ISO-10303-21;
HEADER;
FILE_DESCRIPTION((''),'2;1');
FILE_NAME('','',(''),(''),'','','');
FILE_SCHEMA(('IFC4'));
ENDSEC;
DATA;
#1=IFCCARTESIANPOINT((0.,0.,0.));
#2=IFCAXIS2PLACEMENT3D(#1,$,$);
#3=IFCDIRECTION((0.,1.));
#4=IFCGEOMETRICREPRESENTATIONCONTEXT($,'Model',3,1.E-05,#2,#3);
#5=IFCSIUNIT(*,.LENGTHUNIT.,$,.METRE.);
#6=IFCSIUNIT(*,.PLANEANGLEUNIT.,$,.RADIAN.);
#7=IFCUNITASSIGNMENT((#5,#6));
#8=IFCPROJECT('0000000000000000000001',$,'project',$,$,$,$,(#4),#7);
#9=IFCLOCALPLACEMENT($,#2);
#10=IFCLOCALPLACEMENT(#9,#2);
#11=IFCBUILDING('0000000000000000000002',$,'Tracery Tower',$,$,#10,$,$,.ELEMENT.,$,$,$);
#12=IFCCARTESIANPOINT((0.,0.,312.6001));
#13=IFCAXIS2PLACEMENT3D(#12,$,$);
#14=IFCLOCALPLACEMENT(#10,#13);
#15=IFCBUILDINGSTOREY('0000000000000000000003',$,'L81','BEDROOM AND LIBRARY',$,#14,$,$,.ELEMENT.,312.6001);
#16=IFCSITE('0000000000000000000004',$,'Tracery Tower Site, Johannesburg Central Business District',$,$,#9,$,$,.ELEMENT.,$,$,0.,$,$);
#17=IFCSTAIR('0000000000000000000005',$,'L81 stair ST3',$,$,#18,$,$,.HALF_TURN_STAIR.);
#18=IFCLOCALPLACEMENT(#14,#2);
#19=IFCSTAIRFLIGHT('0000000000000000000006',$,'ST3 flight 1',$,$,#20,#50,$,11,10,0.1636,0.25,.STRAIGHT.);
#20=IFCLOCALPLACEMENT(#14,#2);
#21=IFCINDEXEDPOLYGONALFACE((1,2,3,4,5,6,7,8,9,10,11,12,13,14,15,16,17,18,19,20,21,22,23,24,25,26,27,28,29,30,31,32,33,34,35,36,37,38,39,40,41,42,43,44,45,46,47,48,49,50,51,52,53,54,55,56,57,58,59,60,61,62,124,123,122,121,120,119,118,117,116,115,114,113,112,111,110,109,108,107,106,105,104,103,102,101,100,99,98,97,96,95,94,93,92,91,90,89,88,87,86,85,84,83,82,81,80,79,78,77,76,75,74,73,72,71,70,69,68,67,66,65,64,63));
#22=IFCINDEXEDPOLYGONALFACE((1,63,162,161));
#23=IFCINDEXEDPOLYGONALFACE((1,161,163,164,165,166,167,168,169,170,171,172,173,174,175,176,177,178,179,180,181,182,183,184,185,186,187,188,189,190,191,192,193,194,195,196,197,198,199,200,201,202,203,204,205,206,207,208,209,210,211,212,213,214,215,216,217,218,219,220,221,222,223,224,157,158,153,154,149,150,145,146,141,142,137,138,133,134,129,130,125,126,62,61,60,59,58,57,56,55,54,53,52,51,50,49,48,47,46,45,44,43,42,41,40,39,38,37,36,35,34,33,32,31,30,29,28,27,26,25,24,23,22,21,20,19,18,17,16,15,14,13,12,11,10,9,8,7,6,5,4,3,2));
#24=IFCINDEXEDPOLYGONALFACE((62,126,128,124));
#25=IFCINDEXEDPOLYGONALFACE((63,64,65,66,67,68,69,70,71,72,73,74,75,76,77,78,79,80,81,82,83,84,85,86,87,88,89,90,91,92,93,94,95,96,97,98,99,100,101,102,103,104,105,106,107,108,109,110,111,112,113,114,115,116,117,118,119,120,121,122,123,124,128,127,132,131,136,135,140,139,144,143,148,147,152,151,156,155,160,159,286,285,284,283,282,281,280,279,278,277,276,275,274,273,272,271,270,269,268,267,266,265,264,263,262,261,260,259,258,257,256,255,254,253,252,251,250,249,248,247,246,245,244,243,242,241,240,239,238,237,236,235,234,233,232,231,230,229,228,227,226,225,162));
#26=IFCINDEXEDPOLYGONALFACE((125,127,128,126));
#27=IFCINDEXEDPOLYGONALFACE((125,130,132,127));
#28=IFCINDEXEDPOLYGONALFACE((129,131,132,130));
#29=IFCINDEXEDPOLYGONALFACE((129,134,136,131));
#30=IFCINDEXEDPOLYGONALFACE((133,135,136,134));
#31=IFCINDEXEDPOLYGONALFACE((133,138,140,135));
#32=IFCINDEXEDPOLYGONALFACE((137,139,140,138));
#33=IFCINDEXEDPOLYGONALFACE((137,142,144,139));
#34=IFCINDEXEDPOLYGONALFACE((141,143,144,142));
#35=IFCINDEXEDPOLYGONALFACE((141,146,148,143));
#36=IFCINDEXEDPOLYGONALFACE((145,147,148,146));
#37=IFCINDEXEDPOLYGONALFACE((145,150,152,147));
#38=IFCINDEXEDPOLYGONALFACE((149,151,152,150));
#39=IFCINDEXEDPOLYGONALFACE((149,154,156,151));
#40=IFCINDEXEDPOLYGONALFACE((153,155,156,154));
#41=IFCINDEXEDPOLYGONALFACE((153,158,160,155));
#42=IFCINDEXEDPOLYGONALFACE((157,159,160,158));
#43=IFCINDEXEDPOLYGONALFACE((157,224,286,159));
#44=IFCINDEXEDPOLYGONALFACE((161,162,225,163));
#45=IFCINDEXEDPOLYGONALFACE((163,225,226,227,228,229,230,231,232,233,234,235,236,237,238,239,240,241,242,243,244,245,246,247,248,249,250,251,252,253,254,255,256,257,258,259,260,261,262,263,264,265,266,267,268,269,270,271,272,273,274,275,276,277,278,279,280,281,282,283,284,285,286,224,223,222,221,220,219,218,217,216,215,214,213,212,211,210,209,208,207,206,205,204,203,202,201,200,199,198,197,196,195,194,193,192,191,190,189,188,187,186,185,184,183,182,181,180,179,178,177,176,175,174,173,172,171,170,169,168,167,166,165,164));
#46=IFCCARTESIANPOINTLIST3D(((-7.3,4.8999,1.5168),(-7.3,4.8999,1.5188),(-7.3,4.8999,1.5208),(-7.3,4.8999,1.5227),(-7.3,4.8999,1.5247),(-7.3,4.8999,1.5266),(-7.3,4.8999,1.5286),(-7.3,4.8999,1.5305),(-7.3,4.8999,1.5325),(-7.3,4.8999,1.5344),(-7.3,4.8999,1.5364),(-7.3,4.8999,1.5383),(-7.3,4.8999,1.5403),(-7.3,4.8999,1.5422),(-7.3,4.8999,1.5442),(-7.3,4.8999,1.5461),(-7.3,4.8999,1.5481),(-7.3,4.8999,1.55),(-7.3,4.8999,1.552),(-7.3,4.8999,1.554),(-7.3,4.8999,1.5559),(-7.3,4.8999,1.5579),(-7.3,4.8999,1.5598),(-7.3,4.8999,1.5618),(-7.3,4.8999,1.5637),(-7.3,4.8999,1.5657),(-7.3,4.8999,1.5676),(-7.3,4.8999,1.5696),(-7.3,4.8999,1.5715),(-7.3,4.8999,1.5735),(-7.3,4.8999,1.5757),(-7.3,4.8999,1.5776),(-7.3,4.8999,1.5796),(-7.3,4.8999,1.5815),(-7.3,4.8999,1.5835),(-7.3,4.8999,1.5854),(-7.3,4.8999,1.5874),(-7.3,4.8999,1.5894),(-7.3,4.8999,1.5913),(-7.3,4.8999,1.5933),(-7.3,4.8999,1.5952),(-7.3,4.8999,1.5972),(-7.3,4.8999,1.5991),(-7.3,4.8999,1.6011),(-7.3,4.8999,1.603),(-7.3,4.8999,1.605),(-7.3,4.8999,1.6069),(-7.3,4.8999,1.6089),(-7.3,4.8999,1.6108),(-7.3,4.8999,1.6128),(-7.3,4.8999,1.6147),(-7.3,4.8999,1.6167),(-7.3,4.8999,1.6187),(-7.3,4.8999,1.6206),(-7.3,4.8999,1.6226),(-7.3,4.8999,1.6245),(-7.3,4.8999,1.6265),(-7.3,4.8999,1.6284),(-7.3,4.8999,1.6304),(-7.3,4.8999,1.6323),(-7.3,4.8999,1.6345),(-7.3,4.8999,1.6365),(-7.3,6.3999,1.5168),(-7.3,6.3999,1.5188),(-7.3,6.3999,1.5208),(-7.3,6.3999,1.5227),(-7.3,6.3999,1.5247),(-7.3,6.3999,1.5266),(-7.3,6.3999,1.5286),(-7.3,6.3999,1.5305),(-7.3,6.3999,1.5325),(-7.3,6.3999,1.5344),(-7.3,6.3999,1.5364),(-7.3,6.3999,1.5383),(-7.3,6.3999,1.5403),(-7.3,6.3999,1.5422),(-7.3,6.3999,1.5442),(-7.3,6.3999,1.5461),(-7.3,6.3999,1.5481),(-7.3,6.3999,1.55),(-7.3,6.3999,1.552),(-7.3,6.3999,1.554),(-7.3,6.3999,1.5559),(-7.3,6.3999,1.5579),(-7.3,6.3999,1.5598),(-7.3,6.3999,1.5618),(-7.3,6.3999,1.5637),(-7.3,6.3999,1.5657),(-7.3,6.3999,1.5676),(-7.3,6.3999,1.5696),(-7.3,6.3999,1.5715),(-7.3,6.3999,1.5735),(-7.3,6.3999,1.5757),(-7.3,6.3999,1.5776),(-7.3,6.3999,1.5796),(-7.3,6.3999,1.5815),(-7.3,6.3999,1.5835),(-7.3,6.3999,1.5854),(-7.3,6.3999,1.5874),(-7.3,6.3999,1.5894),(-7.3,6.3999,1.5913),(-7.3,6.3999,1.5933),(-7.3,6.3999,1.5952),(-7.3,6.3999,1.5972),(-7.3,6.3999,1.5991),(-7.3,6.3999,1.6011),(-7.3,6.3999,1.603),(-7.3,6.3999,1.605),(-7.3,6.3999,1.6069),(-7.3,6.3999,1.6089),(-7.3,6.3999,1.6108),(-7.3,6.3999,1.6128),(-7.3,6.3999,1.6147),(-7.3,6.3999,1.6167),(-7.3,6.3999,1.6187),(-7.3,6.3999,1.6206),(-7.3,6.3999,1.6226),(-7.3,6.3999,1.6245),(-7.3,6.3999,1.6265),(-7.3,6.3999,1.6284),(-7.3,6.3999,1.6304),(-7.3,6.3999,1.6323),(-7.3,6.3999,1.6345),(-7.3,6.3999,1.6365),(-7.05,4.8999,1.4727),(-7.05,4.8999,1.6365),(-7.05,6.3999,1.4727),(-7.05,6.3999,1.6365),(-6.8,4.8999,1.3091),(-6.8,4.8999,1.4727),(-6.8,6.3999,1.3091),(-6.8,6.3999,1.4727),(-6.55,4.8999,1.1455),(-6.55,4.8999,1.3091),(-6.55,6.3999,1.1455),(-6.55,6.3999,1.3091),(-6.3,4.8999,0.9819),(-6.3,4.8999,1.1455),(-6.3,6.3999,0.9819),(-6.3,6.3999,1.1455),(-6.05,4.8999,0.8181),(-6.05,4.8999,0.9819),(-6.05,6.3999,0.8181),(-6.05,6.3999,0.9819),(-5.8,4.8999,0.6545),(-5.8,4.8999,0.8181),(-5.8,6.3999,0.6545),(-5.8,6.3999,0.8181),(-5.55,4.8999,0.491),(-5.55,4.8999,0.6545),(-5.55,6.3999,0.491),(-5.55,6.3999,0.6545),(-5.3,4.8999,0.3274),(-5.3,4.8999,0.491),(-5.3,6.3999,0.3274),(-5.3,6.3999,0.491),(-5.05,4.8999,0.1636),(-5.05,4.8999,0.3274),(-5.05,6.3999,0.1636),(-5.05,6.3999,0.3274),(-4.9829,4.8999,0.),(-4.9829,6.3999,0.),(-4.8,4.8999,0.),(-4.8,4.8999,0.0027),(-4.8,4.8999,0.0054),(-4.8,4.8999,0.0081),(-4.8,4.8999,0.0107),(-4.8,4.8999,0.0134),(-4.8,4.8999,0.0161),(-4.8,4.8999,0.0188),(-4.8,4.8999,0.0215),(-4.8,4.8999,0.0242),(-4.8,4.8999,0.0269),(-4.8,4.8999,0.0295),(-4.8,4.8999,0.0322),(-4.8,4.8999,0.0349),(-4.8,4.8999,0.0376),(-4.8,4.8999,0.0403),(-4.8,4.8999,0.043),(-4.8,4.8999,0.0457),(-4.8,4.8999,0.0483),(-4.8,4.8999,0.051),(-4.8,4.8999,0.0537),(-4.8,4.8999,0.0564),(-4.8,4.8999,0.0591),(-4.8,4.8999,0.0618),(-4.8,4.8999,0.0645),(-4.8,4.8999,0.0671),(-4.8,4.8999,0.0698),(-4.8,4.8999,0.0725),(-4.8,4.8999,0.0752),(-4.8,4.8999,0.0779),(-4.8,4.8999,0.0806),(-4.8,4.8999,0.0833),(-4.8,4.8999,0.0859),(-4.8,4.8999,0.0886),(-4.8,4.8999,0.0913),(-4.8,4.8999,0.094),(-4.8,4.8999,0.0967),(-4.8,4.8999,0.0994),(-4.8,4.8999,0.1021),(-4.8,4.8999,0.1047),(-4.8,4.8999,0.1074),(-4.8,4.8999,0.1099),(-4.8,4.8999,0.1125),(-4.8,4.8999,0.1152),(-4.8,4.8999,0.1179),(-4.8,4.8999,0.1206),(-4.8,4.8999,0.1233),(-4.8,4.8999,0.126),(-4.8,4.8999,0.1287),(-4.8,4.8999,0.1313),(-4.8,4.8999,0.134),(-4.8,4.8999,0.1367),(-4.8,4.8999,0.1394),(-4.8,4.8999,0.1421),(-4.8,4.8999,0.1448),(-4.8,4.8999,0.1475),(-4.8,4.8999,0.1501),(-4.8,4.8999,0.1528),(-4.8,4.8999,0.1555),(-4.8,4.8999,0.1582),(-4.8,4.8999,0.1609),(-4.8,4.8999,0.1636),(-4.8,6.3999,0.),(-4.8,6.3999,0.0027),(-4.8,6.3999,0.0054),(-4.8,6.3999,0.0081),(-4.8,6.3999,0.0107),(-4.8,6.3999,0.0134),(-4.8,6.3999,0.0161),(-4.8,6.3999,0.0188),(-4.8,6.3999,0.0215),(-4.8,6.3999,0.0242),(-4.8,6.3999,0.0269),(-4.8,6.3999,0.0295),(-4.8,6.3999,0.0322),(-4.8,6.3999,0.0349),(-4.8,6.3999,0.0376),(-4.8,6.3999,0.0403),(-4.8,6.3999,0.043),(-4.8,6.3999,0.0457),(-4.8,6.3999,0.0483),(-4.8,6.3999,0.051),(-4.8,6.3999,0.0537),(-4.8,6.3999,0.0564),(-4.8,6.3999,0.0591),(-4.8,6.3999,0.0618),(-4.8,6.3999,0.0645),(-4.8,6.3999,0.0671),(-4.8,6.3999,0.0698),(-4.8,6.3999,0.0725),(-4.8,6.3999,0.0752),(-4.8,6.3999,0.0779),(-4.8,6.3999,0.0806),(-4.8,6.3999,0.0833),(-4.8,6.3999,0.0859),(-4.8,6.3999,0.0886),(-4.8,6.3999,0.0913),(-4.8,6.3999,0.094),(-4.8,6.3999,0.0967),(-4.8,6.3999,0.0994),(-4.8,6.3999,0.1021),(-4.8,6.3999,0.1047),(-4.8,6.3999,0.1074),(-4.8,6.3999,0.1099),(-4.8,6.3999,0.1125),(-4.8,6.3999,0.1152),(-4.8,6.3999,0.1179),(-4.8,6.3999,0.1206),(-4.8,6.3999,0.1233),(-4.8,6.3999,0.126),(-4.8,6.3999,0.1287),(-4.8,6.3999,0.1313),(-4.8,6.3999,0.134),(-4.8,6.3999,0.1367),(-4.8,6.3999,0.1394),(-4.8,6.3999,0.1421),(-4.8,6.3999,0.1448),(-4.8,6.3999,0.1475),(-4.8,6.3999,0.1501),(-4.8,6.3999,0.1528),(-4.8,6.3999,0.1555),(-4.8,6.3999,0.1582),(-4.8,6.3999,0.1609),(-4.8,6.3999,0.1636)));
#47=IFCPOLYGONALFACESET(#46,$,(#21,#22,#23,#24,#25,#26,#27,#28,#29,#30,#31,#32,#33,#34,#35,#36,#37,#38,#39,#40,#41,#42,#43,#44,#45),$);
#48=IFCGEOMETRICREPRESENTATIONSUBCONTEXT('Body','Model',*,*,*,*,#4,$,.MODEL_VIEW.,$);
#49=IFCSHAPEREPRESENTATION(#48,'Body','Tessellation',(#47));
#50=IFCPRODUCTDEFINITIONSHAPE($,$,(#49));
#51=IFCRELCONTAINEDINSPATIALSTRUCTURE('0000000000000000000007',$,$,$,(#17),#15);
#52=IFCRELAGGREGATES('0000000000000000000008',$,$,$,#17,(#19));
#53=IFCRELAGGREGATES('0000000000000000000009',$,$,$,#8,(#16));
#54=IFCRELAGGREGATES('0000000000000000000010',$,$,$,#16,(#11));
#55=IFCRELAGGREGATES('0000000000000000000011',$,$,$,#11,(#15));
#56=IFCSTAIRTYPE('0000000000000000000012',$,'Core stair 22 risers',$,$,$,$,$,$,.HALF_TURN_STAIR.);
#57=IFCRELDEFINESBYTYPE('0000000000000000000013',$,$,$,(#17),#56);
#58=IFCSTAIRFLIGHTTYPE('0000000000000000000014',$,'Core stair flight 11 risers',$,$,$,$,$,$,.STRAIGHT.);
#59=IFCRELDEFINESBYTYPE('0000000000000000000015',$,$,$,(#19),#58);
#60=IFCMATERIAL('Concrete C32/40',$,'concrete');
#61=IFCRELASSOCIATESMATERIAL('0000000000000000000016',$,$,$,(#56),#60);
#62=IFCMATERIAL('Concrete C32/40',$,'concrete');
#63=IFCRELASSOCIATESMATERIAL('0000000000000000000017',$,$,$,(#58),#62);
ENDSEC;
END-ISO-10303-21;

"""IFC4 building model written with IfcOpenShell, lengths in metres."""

from ifc_helpers import new_model, si_unit, direction, frame, origin, place, context, subcontext, project, spatial, polyline, outline, extrude, material, type_object, element, aggregate, save


model = new_model("IFC4")

# Units and contexts
model_context = context("Model", 3, precision=1e-05, world=origin(), true_north=direction((0.0, 1.0)))
body_context = subcontext(model_context, "Body", "Model", "MODEL_VIEW")
ifc_project = project(units=[si_unit("LENGTHUNIT", "METRE"), si_unit("PLANEANGLEUNIT", "RADIAN")], contexts=[model_context])

# Site, building, storey
site_placement = place(None, origin())
site = spatial("IfcSite", under=ifc_project, at=site_placement, Name="Tracery Tower Site, Johannesburg Central Business District", CompositionType="ELEMENT", RefElevation=0.0)
building_placement = place(site_placement, origin())
building = spatial("IfcBuilding", under=site, at=building_placement, Name="Tracery Tower", CompositionType="ELEMENT")
storey_placement = place(building_placement, frame((0.0, 0.0, 312.6001)))
storey = spatial("IfcBuildingStorey", under=building, at=storey_placement, Name="L81", Description="BEDROOM AND LIBRARY", CompositionType="ELEMENT", Elevation=312.6001)

# Stair, stair flight
ifc_material_1 = material(Name="Concrete C32/40", Category="concrete")
stair_type = type_object("IfcStairType", Name="Core stair 22 risers", PredefinedType="HALF_TURN_STAIR", material=ifc_material_1)
stair_placement = place(storey_placement, origin())
stair = element("IfcStair", 1, at=stair_placement, inside=storey, type_object=stair_type, Name="L81 stair ST3", PredefinedType="HALF_TURN_STAIR")
ifc_material_2 = material(Name="Concrete C32/40", Category="concrete")
stair_flight_type = type_object("IfcStairFlightType", Name="Core stair flight 11 risers", PredefinedType="STRAIGHT", material=ifc_material_2)
stair_flight_1_placement = place(storey_placement, frame((-4.8, 5.6499, 0.0), z_axis=(0.0, 0.0, 1.0), x_axis=(-1.0, 0.0, 0.0)))
stair_flight_1 = element("IfcStairFlight", 2, at=stair_flight_1_placement, type_object=stair_flight_type, Name="ST3 flight 1", NumberOfRisers=11, NumberOfTreads=10, PredefinedType="STRAIGHT", RiserHeight=0.1636, TreadLength=0.25, context=body_context, shape_type="SweptSolid", body=[
    extrude(outline(polyline([(0.0, 0.0), (0.0, 0.0027), (0.0, 0.0054), (0.0, 0.0081), (0.0, 0.0107), (0.0, 0.0134), (0.0, 0.0161), (0.0, 0.0188), (0.0, 0.0215), (0.0, 0.0242), (0.0, 0.0269), (0.0, 0.0295), (0.0, 0.0322), (0.0, 0.0349), (0.0, 0.0376), (0.0, 0.0403), (0.0, 0.043), (0.0, 0.0457), (0.0, 0.0483), (0.0, 0.051), (0.0, 0.0537), (0.0, 0.0564), (0.0, 0.0591), (0.0, 0.0618), (0.0, 0.0645), (0.0, 0.0671), (0.0, 0.0698), (0.0, 0.0725), (0.0, 0.0752), (0.0, 0.0779), (0.0, 0.0806), (0.0, 0.0833), (0.0, 0.0859), (0.0, 0.0886), (0.0, 0.0913), (0.0, 0.094), (0.0, 0.0967), (0.0, 0.0994), (0.0, 0.1021), (0.0, 0.1047), (0.0, 0.1074), (0.0, 0.1099), (0.0, 0.1125), (0.0, 0.1152), (0.0, 0.1179), (0.0, 0.1206), (0.0, 0.1233), (0.0, 0.126), (0.0, 0.1287), (0.0, 0.1313), (0.0, 0.134), (0.0, 0.1367), (0.0, 0.1394), (0.0, 0.1421), (0.0, 0.1448), (0.0, 0.1475), (0.0, 0.1501), (0.0, 0.1528), (0.0, 0.1555), (0.0, 0.1582), (0.0, 0.1609), (0.0, 0.1636), (0.25, 0.1636), (0.25, 0.3274), (0.5, 0.3274), (0.5, 0.491), (0.75, 0.491), (0.75, 0.6545), (1.0, 0.6545), (1.0, 0.8181), (1.25, 0.8181), (1.25, 0.9819), (1.5, 0.9819), (1.5, 1.1455), (1.75, 1.1455), (1.75, 1.3091), (2.0, 1.3091), (2.0, 1.4727), (2.25, 1.4727), (2.25, 1.6365), (2.5, 1.6365), (2.5, 1.6345), (2.5, 1.6323), (2.5, 1.6304), (2.5, 1.6284), (2.5, 1.6265), (2.5, 1.6245), (2.5, 1.6226), (2.5, 1.6206), (2.5, 1.6187), (2.5, 1.6167), (2.5, 1.6147), (2.5, 1.6128), (2.5, 1.6108), (2.5, 1.6089), (2.5, 1.6069), (2.5, 1.605), (2.5, 1.603), (2.5, 1.6011), (2.5, 1.5991), (2.5, 1.5972), (2.5, 1.5952), (2.5, 1.5933), (2.5, 1.5913), (2.5, 1.5894), (2.5, 1.5874), (2.5, 1.5854), (2.5, 1.5835), (2.5, 1.5815), (2.5, 1.5796), (2.5, 1.5776), (2.5, 1.5757), (2.5, 1.5735), (2.5, 1.5715), (2.5, 1.5696), (2.5, 1.5676), (2.5, 1.5657), (2.5, 1.5637), (2.5, 1.5618), (2.5, 1.5598), (2.5, 1.5579), (2.5, 1.5559), (2.5, 1.554), (2.5, 1.552), (2.5, 1.55), (2.5, 1.5481), (2.5, 1.5461), (2.5, 1.5442), (2.5, 1.5422), (2.5, 1.5403), (2.5, 1.5383), (2.5, 1.5364), (2.5, 1.5344), (2.5, 1.5325), (2.5, 1.5305), (2.5, 1.5286), (2.5, 1.5266), (2.5, 1.5247), (2.5, 1.5227), (2.5, 1.5208), (2.5, 1.5188), (2.5, 1.5168), (0.1829, 0.0), (0.0, 0.0)])), frame((0.0, 0.75, 0.0), z_axis=(0.0, -1.0, 0.0), x_axis=(1.0, 0.0, 0.0)), (0.0, 0.0, 1.0), 1.5),
])
aggregate(stair, [stair_flight_1])

save(model, "model.ifc")
